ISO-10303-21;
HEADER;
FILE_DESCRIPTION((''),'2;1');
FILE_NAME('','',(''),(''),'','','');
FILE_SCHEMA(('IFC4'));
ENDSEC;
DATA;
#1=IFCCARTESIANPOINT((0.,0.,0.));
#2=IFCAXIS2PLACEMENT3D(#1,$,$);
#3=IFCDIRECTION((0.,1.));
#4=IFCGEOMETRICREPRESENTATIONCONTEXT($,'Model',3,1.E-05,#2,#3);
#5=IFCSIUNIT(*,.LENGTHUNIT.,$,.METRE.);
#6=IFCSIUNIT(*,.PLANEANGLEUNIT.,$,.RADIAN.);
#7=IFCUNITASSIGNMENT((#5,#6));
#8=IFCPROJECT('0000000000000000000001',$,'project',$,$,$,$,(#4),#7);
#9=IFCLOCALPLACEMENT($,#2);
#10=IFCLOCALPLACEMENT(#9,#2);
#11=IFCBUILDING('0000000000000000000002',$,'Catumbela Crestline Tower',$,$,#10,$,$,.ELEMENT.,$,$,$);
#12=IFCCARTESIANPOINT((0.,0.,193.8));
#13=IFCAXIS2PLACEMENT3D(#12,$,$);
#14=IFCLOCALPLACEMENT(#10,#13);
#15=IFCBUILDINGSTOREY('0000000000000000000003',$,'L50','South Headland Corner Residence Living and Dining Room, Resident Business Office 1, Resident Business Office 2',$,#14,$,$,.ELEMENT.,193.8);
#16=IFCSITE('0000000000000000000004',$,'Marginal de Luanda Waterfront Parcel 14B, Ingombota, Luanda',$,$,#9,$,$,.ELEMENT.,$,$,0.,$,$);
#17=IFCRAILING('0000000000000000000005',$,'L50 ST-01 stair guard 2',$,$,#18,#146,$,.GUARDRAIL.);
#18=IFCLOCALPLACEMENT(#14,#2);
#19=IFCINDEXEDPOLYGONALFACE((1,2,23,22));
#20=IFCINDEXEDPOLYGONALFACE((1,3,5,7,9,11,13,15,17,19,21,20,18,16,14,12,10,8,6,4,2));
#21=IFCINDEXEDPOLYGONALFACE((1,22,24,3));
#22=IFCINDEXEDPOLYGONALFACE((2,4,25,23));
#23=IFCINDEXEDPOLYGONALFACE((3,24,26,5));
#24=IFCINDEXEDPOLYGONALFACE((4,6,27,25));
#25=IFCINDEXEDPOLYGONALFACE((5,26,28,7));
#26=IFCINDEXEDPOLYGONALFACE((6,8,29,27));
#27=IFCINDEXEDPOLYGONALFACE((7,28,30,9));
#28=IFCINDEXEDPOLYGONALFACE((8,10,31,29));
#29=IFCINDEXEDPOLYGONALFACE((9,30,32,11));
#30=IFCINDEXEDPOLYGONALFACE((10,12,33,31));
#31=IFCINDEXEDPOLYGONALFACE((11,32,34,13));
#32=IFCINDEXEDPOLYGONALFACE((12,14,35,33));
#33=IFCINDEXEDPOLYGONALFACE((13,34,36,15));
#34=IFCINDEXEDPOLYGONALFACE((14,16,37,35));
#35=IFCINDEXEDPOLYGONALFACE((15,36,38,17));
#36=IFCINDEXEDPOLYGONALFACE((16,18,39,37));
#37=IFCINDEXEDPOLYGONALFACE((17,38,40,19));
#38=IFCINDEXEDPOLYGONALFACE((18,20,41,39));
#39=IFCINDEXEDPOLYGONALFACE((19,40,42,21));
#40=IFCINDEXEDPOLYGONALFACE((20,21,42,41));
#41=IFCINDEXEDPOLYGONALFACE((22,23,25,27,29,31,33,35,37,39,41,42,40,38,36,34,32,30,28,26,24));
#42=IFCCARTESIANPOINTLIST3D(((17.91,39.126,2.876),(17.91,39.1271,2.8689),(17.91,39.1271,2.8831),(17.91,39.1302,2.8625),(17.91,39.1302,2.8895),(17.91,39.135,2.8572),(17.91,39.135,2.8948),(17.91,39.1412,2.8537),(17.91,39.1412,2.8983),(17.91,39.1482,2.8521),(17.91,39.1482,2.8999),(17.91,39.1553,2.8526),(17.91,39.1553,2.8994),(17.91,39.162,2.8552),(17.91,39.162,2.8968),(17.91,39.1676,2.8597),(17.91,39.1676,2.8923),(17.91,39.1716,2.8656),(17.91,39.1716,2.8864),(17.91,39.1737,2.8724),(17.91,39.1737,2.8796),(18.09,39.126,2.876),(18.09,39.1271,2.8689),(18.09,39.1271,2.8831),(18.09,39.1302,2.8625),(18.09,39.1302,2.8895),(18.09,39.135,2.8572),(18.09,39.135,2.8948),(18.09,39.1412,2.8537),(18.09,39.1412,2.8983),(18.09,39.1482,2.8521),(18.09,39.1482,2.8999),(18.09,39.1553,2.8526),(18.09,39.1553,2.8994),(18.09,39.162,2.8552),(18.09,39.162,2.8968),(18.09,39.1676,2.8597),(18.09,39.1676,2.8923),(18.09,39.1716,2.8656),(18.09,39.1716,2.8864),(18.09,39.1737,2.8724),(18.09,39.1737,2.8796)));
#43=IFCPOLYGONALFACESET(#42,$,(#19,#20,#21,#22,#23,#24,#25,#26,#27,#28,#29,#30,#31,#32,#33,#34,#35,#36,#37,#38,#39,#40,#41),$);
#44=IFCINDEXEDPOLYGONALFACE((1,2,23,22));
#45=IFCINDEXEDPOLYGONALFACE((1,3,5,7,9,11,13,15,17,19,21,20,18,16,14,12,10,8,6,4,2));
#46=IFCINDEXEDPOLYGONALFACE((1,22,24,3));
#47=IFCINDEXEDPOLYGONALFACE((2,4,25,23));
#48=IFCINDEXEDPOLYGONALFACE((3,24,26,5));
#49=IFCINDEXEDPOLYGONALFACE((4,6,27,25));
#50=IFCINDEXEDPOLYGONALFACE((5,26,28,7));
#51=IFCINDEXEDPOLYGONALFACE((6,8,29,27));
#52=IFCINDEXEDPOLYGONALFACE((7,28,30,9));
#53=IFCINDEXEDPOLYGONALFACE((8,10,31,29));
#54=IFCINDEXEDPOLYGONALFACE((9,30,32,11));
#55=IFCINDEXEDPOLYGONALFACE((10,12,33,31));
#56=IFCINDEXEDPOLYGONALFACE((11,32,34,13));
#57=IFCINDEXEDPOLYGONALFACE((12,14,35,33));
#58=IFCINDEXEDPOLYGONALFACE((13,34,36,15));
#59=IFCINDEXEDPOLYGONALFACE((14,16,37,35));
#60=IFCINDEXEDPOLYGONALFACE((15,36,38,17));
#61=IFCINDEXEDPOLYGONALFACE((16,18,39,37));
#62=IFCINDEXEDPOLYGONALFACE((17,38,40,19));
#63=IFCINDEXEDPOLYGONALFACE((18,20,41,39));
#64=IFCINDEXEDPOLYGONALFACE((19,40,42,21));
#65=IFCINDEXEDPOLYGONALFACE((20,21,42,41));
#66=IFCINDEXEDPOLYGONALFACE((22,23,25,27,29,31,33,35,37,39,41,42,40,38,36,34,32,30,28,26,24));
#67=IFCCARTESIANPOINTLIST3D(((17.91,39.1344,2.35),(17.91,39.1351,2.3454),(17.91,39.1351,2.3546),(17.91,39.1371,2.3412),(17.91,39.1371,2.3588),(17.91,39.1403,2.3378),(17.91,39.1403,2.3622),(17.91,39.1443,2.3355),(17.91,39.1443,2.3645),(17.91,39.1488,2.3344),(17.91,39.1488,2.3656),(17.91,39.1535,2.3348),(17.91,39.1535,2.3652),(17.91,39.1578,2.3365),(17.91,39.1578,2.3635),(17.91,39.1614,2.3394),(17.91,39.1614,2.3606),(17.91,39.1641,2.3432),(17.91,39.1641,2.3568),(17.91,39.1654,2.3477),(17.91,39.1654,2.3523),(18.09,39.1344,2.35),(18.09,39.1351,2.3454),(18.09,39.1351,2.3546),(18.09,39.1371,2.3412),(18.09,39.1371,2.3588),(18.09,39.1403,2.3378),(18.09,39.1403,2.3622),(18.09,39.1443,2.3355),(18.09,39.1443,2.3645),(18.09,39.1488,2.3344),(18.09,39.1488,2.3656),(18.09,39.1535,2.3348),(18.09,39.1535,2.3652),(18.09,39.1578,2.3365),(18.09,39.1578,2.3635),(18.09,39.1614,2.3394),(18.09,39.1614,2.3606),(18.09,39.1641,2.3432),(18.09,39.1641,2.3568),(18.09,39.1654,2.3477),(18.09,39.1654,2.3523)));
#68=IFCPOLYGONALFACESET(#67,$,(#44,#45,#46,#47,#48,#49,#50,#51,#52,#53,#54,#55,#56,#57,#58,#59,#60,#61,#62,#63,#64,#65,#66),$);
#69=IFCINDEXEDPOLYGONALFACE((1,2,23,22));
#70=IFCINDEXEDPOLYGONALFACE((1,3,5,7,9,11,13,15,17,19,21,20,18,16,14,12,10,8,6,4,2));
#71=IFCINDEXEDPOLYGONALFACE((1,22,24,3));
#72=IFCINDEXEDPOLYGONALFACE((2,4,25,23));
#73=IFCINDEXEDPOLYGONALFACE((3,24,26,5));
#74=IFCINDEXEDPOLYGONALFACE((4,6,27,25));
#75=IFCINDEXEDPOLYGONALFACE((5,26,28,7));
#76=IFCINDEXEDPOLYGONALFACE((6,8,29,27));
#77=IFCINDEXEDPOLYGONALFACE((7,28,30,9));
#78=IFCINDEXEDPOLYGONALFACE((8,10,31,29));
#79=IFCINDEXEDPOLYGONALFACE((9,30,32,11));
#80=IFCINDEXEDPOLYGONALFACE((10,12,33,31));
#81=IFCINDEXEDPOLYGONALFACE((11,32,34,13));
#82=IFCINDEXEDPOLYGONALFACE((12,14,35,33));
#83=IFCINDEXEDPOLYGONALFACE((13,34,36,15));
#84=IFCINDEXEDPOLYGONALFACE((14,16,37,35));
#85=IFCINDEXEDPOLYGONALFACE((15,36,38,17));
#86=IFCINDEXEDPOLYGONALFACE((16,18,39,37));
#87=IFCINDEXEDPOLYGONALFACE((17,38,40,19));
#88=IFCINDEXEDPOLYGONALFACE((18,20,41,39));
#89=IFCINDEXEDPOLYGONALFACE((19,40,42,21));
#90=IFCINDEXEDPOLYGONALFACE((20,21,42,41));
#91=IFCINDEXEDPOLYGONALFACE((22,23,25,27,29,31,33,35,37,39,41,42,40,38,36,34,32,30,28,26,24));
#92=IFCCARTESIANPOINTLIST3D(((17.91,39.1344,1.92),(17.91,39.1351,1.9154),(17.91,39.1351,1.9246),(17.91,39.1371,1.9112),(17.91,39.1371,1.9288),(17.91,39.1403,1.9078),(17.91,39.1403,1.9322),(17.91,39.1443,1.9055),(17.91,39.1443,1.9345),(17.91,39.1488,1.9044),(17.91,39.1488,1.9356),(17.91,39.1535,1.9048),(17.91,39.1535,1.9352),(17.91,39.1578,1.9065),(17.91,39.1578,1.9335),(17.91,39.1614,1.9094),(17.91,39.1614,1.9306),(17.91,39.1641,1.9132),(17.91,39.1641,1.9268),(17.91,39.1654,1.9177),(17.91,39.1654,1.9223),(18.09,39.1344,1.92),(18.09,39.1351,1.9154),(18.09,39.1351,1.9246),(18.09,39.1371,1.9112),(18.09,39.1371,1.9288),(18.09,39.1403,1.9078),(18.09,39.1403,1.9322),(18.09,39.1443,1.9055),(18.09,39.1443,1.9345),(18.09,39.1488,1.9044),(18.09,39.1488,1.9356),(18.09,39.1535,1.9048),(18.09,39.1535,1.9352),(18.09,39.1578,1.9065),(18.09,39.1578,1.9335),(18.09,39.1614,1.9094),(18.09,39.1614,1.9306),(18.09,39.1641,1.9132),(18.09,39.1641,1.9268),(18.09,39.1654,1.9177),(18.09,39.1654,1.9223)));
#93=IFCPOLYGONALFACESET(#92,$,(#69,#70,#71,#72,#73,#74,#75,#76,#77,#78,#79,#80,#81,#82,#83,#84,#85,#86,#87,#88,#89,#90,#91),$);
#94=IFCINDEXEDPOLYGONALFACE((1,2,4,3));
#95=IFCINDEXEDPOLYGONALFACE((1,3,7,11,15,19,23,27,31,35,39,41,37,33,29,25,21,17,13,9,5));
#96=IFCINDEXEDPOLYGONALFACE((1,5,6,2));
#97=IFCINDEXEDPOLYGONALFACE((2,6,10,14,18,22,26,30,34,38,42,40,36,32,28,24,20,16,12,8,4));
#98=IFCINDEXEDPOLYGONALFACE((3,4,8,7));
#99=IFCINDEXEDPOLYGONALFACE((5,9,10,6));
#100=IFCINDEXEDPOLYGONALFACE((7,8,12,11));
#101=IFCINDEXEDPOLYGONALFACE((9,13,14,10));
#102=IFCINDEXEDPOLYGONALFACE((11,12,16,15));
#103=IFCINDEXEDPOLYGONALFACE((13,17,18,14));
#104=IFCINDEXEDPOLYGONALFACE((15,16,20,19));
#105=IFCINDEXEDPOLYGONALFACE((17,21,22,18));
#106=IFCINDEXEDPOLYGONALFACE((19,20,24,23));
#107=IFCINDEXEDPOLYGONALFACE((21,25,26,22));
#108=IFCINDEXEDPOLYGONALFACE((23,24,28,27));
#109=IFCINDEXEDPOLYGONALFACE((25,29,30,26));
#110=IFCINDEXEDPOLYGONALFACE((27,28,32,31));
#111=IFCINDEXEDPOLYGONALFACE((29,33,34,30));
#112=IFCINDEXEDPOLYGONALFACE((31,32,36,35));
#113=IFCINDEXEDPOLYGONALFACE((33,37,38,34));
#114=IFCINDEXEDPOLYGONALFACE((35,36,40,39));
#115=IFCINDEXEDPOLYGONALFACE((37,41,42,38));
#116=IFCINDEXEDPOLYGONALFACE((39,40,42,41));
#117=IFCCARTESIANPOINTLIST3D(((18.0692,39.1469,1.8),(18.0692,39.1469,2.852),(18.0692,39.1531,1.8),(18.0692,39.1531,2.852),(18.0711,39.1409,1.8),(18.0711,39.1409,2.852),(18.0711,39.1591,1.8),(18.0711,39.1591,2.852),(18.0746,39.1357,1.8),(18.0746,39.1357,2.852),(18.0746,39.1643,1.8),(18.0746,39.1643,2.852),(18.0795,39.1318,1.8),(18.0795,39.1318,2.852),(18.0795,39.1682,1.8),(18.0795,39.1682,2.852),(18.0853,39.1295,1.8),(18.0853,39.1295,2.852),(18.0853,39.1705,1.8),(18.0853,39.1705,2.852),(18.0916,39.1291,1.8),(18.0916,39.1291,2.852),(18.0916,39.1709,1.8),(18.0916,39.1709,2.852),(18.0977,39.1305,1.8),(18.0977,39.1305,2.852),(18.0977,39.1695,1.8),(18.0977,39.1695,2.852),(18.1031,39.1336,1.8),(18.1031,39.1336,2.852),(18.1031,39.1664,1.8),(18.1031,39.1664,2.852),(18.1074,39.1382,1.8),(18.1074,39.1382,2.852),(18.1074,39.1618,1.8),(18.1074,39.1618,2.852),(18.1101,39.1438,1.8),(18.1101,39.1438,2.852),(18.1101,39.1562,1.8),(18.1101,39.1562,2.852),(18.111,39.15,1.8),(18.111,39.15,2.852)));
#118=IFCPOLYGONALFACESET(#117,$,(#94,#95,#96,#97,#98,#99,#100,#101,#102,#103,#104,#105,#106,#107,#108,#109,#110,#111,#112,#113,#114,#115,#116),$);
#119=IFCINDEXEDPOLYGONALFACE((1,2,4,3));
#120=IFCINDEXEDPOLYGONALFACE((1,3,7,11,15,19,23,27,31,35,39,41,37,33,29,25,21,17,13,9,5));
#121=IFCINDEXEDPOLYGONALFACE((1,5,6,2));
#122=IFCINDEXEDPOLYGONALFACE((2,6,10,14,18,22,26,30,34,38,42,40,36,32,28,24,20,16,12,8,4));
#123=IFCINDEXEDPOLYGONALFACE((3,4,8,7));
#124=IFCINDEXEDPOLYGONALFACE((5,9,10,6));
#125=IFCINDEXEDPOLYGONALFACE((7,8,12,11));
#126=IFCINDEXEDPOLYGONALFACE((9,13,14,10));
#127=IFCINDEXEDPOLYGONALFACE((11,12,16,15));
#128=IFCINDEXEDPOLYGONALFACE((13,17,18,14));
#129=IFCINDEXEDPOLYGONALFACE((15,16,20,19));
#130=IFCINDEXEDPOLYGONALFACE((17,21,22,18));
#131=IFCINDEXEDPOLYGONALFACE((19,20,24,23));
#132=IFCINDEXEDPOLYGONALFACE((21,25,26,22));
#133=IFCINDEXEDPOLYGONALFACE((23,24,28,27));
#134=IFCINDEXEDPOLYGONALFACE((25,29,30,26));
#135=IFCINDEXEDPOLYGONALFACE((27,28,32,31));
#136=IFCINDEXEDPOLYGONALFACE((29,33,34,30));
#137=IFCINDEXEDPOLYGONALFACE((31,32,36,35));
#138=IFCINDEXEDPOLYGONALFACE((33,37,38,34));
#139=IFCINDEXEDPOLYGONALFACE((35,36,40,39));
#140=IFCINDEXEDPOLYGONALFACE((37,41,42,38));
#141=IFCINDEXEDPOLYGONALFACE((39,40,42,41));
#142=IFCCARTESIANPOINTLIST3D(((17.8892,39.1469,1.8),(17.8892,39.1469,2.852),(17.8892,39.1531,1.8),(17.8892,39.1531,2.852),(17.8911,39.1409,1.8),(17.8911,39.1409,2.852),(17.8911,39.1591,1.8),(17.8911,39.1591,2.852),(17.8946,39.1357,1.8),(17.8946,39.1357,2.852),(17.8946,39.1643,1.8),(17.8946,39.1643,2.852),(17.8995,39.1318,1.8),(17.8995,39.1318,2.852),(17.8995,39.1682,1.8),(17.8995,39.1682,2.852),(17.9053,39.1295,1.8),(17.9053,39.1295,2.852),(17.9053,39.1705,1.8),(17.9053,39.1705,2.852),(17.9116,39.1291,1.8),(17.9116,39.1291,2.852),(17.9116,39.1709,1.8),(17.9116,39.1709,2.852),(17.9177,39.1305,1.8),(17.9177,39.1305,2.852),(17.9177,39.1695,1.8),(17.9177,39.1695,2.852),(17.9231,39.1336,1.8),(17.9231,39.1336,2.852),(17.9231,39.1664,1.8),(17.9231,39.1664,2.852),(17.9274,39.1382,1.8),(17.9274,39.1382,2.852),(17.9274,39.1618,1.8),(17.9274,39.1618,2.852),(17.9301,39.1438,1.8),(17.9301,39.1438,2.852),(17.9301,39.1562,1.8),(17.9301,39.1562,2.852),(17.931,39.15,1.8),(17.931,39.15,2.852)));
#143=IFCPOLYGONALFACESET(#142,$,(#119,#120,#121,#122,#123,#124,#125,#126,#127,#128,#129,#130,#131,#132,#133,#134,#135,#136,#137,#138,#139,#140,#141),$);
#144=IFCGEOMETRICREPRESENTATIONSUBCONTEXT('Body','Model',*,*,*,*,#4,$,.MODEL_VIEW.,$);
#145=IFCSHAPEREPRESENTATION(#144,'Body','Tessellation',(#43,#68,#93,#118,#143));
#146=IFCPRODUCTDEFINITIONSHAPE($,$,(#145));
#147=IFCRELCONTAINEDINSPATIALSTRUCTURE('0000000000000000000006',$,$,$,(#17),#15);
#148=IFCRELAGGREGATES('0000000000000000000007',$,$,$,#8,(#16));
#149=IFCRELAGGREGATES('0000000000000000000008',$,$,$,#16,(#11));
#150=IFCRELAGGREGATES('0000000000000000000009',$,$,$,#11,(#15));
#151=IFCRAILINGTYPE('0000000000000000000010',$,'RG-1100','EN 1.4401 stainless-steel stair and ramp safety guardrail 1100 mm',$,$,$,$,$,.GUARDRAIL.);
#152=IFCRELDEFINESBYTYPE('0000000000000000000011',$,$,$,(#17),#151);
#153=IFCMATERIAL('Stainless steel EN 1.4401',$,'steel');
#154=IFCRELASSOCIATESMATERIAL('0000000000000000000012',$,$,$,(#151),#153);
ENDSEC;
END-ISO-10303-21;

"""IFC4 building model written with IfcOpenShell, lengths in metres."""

from ifc_helpers import new_model, si_unit, direction, frame, origin, origin_2d, place, context, subcontext, project, spatial, circle, extrude, material, type_object, element, save


model = new_model("IFC4")

# Units and contexts
model_context = context("Model", 3, precision=1e-05, world=origin(), true_north=direction((0.0, 1.0)))
body_context = subcontext(model_context, "Body", "Model", "MODEL_VIEW")
ifc_project = project(units=[si_unit("LENGTHUNIT", "METRE"), si_unit("PLANEANGLEUNIT", "RADIAN")], contexts=[model_context])

# Site, building, storey
site_placement = place(None, origin())
site = spatial("IfcSite", under=ifc_project, at=site_placement, Name="Marginal de Luanda Waterfront Parcel 14B, Ingombota, Luanda", CompositionType="ELEMENT", RefElevation=0.0)
building_placement = place(site_placement, origin())
building = spatial("IfcBuilding", under=site, at=building_placement, Name="Catumbela Crestline Tower", CompositionType="ELEMENT")
storey_placement = place(building_placement, frame((0.0, 0.0, 193.8)))
storey = spatial("IfcBuildingStorey", under=building, at=storey_placement, Name="L50", Description="South Headland Corner Residence Living and Dining Room, Resident Business Office 1, Resident Business Office 2", CompositionType="ELEMENT", Elevation=193.8)

# Shared definitions
ifc_material_1 = material(Name="Stainless steel EN 1.4401", Category="steel")

# Railing
railing_type_1 = type_object("IfcRailingType", Name="RG-1100", Description="EN 1.4401 stainless-steel stair and ramp safety guardrail 1100 mm", PredefinedType="GUARDRAIL", material=ifc_material_1)
railing_1_placement = place(storey_placement, frame((18.09, 39.15, 1.8)))
element("IfcRailing", 1, at=railing_1_placement, inside=storey, type_object=railing_type_1, Name="L50 ST-01 stair guard 2", PredefinedType="GUARDRAIL", context=body_context, shape_type="SweptSolid", body=[
    extrude(circle(Radius=0.024, at=origin_2d()), frame((0.0, 0.0, 1.076), z_axis=(-1.0, 0.0, 0.0), x_axis=(0.0, -1.0, 0.0)), (0.0, 0.0, 1.0), 0.18),
    extrude(circle(Radius=0.0156, at=origin_2d()), frame((0.0, 0.0, 0.55), z_axis=(-1.0, 0.0, 0.0), x_axis=(0.0, -1.0, 0.0)), (0.0, 0.0, 1.0), 0.18),
    extrude(circle(Radius=0.0156, at=origin_2d()), frame((0.0, 0.0, 0.12), z_axis=(-1.0, 0.0, 0.0), x_axis=(0.0, -1.0, 0.0)), (0.0, 0.0, 1.0), 0.18),
    extrude(circle(Radius=0.021, at=origin_2d()), origin(), (0.0, 0.0, 1.0), 1.052),
    extrude(circle(Radius=0.021, at=origin_2d()), frame((-0.18, 0.0, 0.0)), (0.0, 0.0, 1.0), 1.052),
])

save(model, "model.ifc")
